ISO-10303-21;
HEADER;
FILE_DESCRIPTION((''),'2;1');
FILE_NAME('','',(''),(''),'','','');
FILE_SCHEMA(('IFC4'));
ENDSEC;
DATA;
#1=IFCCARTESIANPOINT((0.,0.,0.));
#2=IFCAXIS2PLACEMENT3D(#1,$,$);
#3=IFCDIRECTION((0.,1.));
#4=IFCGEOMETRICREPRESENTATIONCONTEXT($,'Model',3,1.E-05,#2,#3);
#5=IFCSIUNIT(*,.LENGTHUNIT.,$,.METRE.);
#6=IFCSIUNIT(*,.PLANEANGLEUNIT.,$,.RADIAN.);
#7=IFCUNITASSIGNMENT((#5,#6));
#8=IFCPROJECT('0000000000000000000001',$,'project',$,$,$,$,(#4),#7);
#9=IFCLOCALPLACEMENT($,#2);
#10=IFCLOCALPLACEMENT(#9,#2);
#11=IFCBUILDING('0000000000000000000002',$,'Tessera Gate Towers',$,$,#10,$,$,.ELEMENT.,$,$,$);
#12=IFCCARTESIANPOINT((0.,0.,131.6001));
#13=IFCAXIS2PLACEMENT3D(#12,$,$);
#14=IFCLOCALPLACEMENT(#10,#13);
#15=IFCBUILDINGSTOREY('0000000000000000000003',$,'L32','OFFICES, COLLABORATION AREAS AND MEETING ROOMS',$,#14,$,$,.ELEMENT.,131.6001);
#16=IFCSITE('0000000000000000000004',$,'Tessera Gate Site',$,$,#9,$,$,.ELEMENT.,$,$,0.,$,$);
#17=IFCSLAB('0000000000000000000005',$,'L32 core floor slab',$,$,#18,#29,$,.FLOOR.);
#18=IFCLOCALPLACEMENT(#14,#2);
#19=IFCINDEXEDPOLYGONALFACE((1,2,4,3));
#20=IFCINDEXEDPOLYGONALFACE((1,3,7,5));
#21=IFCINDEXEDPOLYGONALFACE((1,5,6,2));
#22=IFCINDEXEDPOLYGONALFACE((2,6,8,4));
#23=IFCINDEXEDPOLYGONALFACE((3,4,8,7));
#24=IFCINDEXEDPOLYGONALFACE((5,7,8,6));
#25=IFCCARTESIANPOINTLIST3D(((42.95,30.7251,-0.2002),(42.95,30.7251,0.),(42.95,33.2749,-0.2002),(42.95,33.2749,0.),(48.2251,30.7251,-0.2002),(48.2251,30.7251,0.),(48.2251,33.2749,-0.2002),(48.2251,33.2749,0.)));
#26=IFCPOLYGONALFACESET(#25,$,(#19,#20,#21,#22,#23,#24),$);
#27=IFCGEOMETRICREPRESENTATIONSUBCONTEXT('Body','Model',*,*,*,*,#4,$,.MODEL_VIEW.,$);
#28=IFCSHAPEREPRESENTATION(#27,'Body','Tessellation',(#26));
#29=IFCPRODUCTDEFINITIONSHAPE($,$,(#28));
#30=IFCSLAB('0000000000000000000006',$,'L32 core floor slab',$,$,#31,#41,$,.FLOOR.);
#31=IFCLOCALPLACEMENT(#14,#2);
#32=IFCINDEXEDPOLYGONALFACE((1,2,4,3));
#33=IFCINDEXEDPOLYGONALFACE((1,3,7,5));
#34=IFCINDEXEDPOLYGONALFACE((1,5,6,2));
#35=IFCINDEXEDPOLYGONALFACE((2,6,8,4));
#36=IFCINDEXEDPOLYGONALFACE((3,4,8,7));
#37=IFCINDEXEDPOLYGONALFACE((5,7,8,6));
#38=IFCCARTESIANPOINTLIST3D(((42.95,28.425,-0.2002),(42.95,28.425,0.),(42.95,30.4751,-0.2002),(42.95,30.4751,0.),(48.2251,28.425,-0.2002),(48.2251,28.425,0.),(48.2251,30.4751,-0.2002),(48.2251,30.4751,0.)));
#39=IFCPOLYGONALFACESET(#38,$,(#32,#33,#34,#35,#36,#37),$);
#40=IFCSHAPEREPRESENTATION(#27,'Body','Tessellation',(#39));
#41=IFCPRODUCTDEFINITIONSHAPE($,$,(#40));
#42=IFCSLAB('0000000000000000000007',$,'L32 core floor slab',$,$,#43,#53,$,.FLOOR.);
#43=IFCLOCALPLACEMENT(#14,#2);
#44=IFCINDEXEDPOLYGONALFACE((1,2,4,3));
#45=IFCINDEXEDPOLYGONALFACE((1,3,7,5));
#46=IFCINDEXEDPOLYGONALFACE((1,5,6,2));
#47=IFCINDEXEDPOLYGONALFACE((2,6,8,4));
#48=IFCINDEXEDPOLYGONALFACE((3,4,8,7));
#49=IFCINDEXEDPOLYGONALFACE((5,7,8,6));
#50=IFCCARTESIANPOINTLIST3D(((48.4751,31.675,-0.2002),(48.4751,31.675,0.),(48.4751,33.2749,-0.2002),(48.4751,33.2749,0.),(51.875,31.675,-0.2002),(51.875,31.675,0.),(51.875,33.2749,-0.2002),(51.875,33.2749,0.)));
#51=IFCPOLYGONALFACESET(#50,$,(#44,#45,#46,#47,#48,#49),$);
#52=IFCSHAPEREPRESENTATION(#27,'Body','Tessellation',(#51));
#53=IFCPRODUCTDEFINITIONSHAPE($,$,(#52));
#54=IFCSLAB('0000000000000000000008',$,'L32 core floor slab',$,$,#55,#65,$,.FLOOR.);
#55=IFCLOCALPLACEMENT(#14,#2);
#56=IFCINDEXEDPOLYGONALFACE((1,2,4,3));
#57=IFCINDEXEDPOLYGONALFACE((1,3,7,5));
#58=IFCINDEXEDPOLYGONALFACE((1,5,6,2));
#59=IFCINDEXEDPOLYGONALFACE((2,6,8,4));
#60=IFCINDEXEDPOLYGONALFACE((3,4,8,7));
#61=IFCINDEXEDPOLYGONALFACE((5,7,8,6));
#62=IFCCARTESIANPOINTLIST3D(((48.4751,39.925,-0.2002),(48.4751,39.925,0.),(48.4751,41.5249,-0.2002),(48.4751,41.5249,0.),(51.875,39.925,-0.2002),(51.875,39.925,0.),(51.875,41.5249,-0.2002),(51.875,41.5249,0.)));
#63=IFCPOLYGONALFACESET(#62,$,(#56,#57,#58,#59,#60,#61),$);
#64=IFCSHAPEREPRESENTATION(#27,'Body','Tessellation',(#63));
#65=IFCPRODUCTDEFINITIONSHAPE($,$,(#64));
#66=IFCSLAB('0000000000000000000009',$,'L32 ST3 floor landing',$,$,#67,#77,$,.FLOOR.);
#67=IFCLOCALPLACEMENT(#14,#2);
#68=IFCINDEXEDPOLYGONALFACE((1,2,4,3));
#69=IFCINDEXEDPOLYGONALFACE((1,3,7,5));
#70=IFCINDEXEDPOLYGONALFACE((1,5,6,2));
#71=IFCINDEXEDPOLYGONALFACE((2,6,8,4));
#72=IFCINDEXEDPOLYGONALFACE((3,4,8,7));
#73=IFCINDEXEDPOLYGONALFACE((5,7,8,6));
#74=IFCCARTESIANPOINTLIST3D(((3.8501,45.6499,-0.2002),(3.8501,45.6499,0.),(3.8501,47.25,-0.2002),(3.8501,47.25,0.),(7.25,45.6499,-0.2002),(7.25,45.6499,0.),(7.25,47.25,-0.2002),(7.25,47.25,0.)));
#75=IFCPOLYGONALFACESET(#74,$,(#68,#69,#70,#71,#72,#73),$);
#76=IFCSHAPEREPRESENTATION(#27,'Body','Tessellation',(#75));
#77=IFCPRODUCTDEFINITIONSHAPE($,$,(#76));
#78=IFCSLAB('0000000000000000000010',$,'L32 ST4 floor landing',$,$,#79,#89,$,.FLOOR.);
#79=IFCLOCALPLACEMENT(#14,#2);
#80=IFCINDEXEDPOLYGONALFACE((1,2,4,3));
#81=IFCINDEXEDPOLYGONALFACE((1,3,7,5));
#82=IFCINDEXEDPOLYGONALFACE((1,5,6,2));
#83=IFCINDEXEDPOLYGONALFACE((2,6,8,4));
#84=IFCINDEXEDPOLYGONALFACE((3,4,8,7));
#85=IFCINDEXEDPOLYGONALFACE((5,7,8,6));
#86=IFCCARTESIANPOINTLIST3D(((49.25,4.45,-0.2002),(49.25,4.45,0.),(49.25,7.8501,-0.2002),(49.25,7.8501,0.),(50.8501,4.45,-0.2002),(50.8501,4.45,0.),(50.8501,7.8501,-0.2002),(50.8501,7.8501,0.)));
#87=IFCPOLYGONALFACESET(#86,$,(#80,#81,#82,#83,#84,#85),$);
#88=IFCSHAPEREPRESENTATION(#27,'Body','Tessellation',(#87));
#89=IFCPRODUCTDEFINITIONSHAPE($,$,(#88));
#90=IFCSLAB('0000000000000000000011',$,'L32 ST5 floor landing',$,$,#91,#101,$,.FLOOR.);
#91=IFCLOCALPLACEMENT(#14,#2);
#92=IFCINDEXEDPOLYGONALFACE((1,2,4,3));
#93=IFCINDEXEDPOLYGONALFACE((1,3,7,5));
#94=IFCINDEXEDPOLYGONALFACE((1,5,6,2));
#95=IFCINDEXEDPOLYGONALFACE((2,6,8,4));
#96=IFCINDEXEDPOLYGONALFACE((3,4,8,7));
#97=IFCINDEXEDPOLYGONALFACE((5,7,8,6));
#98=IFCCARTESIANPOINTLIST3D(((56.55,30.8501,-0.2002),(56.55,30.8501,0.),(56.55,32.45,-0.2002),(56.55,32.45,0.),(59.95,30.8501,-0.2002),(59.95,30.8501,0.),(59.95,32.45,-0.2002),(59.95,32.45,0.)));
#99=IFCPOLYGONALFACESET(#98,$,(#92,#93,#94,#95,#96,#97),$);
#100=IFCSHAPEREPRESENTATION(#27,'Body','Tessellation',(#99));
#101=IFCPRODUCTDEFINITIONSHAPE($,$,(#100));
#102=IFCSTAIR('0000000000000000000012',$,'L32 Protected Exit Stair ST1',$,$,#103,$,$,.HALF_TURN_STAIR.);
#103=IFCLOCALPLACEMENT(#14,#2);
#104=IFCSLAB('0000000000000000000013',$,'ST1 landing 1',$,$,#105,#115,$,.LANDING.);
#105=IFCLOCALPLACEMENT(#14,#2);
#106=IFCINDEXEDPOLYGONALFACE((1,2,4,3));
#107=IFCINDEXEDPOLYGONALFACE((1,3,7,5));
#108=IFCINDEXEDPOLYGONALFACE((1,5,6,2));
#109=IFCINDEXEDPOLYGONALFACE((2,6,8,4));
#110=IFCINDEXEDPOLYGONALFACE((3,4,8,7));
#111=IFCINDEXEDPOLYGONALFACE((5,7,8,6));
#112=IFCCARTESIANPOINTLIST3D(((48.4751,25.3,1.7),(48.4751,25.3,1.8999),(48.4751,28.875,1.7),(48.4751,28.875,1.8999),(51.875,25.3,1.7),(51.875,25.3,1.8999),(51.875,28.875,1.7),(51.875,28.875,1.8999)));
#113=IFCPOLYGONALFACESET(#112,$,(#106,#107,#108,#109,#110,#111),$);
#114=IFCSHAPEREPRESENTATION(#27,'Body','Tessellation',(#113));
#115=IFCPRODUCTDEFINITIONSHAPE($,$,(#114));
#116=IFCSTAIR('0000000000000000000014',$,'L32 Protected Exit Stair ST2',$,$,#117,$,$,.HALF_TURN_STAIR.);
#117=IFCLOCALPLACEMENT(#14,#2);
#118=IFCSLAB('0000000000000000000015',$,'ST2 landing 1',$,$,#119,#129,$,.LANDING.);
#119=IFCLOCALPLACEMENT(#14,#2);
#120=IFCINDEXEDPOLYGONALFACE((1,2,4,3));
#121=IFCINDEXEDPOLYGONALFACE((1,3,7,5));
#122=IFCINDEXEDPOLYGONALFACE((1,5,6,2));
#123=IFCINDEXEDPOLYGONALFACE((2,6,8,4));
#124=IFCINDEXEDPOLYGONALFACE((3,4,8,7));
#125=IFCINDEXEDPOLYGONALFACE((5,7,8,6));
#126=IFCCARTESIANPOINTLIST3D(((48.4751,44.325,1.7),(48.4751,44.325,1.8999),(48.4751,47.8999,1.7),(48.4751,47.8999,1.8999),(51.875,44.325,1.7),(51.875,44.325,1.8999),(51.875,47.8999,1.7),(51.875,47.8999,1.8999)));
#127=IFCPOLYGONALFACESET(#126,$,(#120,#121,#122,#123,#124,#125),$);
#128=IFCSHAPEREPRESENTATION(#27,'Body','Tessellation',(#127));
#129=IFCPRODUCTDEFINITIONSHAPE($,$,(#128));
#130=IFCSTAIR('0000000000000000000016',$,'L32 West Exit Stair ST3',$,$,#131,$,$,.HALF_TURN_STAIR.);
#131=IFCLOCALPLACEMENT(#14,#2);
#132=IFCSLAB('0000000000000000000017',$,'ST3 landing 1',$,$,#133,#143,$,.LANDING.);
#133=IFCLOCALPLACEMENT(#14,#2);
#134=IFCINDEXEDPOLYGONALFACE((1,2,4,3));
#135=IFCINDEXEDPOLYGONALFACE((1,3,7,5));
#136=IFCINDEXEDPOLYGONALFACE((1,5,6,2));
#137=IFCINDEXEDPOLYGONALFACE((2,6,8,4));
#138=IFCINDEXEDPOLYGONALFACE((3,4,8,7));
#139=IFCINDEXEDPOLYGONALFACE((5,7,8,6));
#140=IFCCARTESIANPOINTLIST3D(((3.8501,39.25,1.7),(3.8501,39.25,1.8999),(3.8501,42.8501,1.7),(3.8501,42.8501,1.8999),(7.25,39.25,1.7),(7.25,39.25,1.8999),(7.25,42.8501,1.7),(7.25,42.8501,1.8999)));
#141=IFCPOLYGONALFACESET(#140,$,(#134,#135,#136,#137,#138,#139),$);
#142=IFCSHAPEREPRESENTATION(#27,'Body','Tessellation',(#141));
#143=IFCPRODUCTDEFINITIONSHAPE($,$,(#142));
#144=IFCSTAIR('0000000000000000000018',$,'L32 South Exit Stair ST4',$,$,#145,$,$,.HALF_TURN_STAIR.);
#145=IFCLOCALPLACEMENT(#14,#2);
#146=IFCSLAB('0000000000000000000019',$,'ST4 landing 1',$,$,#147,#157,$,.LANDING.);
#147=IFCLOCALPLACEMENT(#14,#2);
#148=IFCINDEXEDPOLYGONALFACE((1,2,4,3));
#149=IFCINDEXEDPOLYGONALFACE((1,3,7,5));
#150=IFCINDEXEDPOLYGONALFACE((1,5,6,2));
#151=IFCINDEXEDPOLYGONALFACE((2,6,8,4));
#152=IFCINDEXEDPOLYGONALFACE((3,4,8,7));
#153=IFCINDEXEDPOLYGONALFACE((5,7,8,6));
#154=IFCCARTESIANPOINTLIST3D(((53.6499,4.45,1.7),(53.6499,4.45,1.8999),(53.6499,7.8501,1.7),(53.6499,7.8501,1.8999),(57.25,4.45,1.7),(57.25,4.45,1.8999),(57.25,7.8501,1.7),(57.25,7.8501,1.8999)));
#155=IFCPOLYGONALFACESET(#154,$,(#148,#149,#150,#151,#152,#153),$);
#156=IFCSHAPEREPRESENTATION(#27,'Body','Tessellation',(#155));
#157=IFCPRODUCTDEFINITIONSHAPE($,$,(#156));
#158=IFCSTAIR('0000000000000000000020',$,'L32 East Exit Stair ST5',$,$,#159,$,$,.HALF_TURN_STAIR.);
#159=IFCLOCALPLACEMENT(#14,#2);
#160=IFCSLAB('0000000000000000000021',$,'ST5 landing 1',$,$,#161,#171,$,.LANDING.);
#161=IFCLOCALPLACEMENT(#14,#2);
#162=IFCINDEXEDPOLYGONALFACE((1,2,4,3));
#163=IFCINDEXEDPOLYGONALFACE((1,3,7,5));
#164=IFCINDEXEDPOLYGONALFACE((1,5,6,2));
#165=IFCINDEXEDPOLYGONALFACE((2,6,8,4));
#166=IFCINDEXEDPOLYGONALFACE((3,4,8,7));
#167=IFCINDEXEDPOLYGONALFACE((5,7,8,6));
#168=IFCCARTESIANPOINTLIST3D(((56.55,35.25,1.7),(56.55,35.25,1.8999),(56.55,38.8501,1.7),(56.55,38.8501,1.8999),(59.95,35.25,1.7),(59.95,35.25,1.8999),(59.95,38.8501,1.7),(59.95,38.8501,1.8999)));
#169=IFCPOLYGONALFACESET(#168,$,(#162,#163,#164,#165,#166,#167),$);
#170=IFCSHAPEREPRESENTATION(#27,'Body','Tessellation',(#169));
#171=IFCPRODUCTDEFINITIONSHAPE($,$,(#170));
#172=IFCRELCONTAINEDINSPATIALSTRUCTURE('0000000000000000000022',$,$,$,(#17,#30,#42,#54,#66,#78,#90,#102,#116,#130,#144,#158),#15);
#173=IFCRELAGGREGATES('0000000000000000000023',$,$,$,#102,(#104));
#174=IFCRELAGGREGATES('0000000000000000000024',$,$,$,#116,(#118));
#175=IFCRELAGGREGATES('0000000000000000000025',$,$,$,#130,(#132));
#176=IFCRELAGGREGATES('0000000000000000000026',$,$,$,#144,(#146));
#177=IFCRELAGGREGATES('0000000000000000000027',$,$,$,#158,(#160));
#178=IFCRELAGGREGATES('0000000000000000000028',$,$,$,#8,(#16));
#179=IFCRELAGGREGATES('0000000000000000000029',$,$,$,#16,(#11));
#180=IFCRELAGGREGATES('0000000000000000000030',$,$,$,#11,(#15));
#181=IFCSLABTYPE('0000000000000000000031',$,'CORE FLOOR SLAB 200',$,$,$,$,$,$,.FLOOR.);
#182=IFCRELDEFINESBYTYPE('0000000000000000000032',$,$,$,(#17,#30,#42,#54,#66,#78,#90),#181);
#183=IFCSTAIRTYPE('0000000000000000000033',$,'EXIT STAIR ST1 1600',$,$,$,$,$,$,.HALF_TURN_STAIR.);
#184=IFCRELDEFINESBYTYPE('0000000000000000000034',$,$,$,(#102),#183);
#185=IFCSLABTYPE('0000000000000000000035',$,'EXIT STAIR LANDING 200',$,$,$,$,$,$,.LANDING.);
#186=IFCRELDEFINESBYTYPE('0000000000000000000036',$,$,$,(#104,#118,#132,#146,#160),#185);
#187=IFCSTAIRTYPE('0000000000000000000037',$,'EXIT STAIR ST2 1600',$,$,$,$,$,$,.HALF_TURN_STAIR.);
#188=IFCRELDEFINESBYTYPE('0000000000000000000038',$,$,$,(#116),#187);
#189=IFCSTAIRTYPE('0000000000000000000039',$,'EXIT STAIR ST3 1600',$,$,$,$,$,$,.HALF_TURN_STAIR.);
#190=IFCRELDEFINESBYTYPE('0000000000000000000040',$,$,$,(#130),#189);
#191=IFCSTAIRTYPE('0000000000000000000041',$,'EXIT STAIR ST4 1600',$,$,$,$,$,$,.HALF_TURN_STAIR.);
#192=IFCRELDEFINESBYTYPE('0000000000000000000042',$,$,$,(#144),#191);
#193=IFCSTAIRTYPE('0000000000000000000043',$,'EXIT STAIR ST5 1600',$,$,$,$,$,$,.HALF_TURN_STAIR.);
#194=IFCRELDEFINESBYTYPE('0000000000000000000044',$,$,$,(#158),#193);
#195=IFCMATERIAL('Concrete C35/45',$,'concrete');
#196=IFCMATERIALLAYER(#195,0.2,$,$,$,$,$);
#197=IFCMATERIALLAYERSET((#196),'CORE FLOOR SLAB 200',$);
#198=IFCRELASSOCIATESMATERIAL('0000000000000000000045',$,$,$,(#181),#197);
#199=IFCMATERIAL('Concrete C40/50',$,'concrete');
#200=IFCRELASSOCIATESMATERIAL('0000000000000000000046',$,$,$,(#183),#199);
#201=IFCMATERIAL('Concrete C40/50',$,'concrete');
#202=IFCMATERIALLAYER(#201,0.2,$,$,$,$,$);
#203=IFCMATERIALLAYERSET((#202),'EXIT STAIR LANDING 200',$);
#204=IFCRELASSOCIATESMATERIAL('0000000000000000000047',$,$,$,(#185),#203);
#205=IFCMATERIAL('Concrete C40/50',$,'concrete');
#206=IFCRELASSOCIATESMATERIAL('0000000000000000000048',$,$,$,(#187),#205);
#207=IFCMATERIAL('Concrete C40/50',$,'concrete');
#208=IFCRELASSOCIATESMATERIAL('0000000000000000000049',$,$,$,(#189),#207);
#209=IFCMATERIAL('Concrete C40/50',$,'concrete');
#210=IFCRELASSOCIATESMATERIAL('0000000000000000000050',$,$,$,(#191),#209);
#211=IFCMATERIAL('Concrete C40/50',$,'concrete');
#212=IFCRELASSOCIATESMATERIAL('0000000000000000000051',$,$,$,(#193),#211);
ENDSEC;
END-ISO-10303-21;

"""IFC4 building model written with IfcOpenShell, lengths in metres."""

from ifc_helpers import new_model, si_unit, direction, frame, origin, place, context, subcontext, project, spatial, polyline, outline, extrude, material, layer, layer_set, type_object, element, aggregate, save


model = new_model("IFC4")

# Units and contexts
model_context = context("Model", 3, precision=1e-05, world=origin(), true_north=direction((0.0, 1.0)))
body_context = subcontext(model_context, "Body", "Model", "MODEL_VIEW")
ifc_project = project(units=[si_unit("LENGTHUNIT", "METRE"), si_unit("PLANEANGLEUNIT", "RADIAN")], contexts=[model_context])

# Site, building, storey
site_placement = place(None, origin())
site = spatial("IfcSite", under=ifc_project, at=site_placement, Name="Tessera Gate Site", CompositionType="ELEMENT", RefElevation=0.0)
building_placement = place(site_placement, origin())
building = spatial("IfcBuilding", under=site, at=building_placement, Name="Tessera Gate Towers", CompositionType="ELEMENT")
storey_placement = place(building_placement, frame((0.0, 0.0, 131.6001)))
storey = spatial("IfcBuildingStorey", under=building, at=storey_placement, Name="L32", Description="OFFICES, COLLABORATION AREAS AND MEETING ROOMS", CompositionType="ELEMENT", Elevation=131.6001)

# Slabs
ifc_material_1 = material(Name="Concrete C35/45", Category="concrete")
ifc_layer_1 = layer(ifc_material_1, 0.2)
ifc_layer_set_1 = layer_set([ifc_layer_1], Name="CORE FLOOR SLAB 200")
slab_type_1 = type_object("IfcSlabType", Name="CORE FLOOR SLAB 200", PredefinedType="FLOOR", material=ifc_layer_set_1)
slab_1_placement = place(storey_placement, frame((0.0, 0.0, -0.2002)))
element("IfcSlab", 1, at=slab_1_placement, inside=storey, type_object=slab_type_1, Name="L32 core floor slab", PredefinedType="FLOOR", context=body_context, shape_type="SweptSolid", body=[
    extrude(outline(polyline([(42.95, 33.2749), (42.95, 30.7251), (48.2251, 30.7251), (48.2251, 33.2749), (42.95, 33.2749)])), origin(), (0.0, 0.0, 1.0), 0.2002),
])
slab_2_placement = place(storey_placement, frame((0.0, 0.0, -0.2002)))
element("IfcSlab", 2, at=slab_2_placement, inside=storey, type_object=slab_type_1, Name="L32 core floor slab", PredefinedType="FLOOR", context=body_context, shape_type="SweptSolid", body=[
    extrude(outline(polyline([(48.2251, 30.4751), (42.95, 30.4751), (42.95, 28.425), (48.2251, 28.425), (48.2251, 30.4751)])), origin(), (0.0, 0.0, 1.0), 0.2002),
])
slab_3_placement = place(storey_placement, frame((0.0, 0.0, -0.2002)))
element("IfcSlab", 3, at=slab_3_placement, inside=storey, type_object=slab_type_1, Name="L32 core floor slab", PredefinedType="FLOOR", context=body_context, shape_type="SweptSolid", body=[
    extrude(outline(polyline([(51.875, 31.675), (51.875, 33.2749), (48.4751, 33.2749), (48.4751, 31.675), (51.875, 31.675)])), origin(), (0.0, 0.0, 1.0), 0.2002),
])
slab_4_placement = place(storey_placement, frame((0.0, 0.0, -0.2002)))
element("IfcSlab", 4, at=slab_4_placement, inside=storey, type_object=slab_type_1, Name="L32 core floor slab", PredefinedType="FLOOR", context=body_context, shape_type="SweptSolid", body=[
    extrude(outline(polyline([(48.4751, 41.5249), (48.4751, 39.925), (51.875, 39.925), (51.875, 41.5249), (48.4751, 41.5249)])), origin(), (0.0, 0.0, 1.0), 0.2002),
])
slab_5_placement = place(storey_placement, frame((0.0, 0.0, -0.2002)))
element("IfcSlab", 5, at=slab_5_placement, inside=storey, type_object=slab_type_1, Name="L32 ST3 floor landing", PredefinedType="FLOOR", context=body_context, shape_type="SweptSolid", body=[
    extrude(outline(polyline([(3.8501, 47.25), (3.8501, 45.6499), (7.25, 45.6499), (7.25, 47.25), (3.8501, 47.25)])), origin(), (0.0, 0.0, 1.0), 0.2002),
])
slab_6_placement = place(storey_placement, frame((0.0, 0.0, -0.2002)))
element("IfcSlab", 6, at=slab_6_placement, inside=storey, type_object=slab_type_1, Name="L32 ST4 floor landing", PredefinedType="FLOOR", context=body_context, shape_type="SweptSolid", body=[
    extrude(outline(polyline([(49.25, 4.45), (50.8501, 4.45), (50.8501, 7.8501), (49.25, 7.8501), (49.25, 4.45)])), origin(), (0.0, 0.0, 1.0), 0.2002),
])
slab_7_placement = place(storey_placement, frame((0.0, 0.0, -0.2002)))
element("IfcSlab", 7, at=slab_7_placement, inside=storey, type_object=slab_type_1, Name="L32 ST5 floor landing", PredefinedType="FLOOR", context=body_context, shape_type="SweptSolid", body=[
    extrude(outline(polyline([(59.95, 30.8501), (59.95, 32.45), (56.55, 32.45), (56.55, 30.8501), (59.95, 30.8501)])), origin(), (0.0, 0.0, 1.0), 0.2002),
])

# Stairs, slabs
ifc_material_2 = material(Name="Concrete C40/50", Category="concrete")
stair_type_1 = type_object("IfcStairType", Name="EXIT STAIR ST1 1600", PredefinedType="HALF_TURN_STAIR", material=ifc_material_2)
stair_1_placement = place(storey_placement, origin())
stair_1 = element("IfcStair", 8, at=stair_1_placement, inside=storey, type_object=stair_type_1, Name="L32 Protected Exit Stair ST1", PredefinedType="HALF_TURN_STAIR")
ifc_material_3 = material(Name="Concrete C40/50", Category="concrete")
ifc_layer_2 = layer(ifc_material_3, 0.2)
ifc_layer_set_2 = layer_set([ifc_layer_2], Name="EXIT STAIR LANDING 200")
slab_type_2 = type_object("IfcSlabType", Name="EXIT STAIR LANDING 200", PredefinedType="LANDING", material=ifc_layer_set_2)
slab_8_placement = place(storey_placement, frame((0.0, 0.0, 1.7)))
slab_8 = element("IfcSlab", 9, at=slab_8_placement, type_object=slab_type_2, Name="ST1 landing 1", PredefinedType="LANDING", context=body_context, shape_type="SweptSolid", body=[
    extrude(outline(polyline([(48.4751, 28.875), (48.4751, 25.3), (51.875, 25.3), (51.875, 28.875), (48.4751, 28.875)])), origin(), (0.0, 0.0, 1.0), 0.2),
])
aggregate(stair_1, [slab_8])
ifc_material_4 = material(Name="Concrete C40/50", Category="concrete")
stair_type_2 = type_object("IfcStairType", Name="EXIT STAIR ST2 1600", PredefinedType="HALF_TURN_STAIR", material=ifc_material_4)
stair_2_placement = place(storey_placement, origin())
stair_2 = element("IfcStair", 10, at=stair_2_placement, inside=storey, type_object=stair_type_2, Name="L32 Protected Exit Stair ST2", PredefinedType="HALF_TURN_STAIR")
slab_9_placement = place(storey_placement, frame((0.0, 0.0, 1.7)))
slab_9 = element("IfcSlab", 11, at=slab_9_placement, type_object=slab_type_2, Name="ST2 landing 1", PredefinedType="LANDING", context=body_context, shape_type="SweptSolid", body=[
    extrude(outline(polyline([(51.875, 44.325), (51.875, 47.8999), (48.4751, 47.8999), (48.4751, 44.325), (51.875, 44.325)])), origin(), (0.0, 0.0, 1.0), 0.2),
])
aggregate(stair_2, [slab_9])
ifc_material_5 = material(Name="Concrete C40/50", Category="concrete")
stair_type_3 = type_object("IfcStairType", Name="EXIT STAIR ST3 1600", PredefinedType="HALF_TURN_STAIR", material=ifc_material_5)
stair_3_placement = place(storey_placement, origin())
stair_3 = element("IfcStair", 12, at=stair_3_placement, inside=storey, type_object=stair_type_3, Name="L32 West Exit Stair ST3", PredefinedType="HALF_TURN_STAIR")
slab_10_placement = place(storey_placement, frame((0.0, 0.0, 1.7)))
slab_10 = element("IfcSlab", 13, at=slab_10_placement, type_object=slab_type_2, Name="ST3 landing 1", PredefinedType="LANDING", context=body_context, shape_type="SweptSolid", body=[
    extrude(outline(polyline([(3.8501, 42.8501), (3.8501, 39.25), (7.25, 39.25), (7.25, 42.8501), (3.8501, 42.8501)])), origin(), (0.0, 0.0, 1.0), 0.2),
])
aggregate(stair_3, [slab_10])
ifc_material_6 = material(Name="Concrete C40/50", Category="concrete")
stair_type_4 = type_object("IfcStairType", Name="EXIT STAIR ST4 1600", PredefinedType="HALF_TURN_STAIR", material=ifc_material_6)
stair_4_placement = place(storey_placement, origin())
stair_4 = element("IfcStair", 14, at=stair_4_placement, inside=storey, type_object=stair_type_4, Name="L32 South Exit Stair ST4", PredefinedType="HALF_TURN_STAIR")
slab_11_placement = place(storey_placement, frame((0.0, 0.0, 1.7)))
slab_11 = element("IfcSlab", 15, at=slab_11_placement, type_object=slab_type_2, Name="ST4 landing 1", PredefinedType="LANDING", context=body_context, shape_type="SweptSolid", body=[
    extrude(outline(polyline([(53.6499, 4.45), (57.25, 4.45), (57.25, 7.8501), (53.6499, 7.8501), (53.6499, 4.45)])), origin(), (0.0, 0.0, 1.0), 0.2),
])
aggregate(stair_4, [slab_11])
ifc_material_7 = material(Name="Concrete C40/50", Category="concrete")
stair_type_5 = type_object("IfcStairType", Name="EXIT STAIR ST5 1600", PredefinedType="HALF_TURN_STAIR", material=ifc_material_7)
stair_5_placement = place(storey_placement, origin())
stair_5 = element("IfcStair", 16, at=stair_5_placement, inside=storey, type_object=stair_type_5, Name="L32 East Exit Stair ST5", PredefinedType="HALF_TURN_STAIR")
slab_12_placement = place(storey_placement, frame((0.0, 0.0, 1.7)))
slab_12 = element("IfcSlab", 17, at=slab_12_placement, type_object=slab_type_2, Name="ST5 landing 1", PredefinedType="LANDING", context=body_context, shape_type="SweptSolid", body=[
    extrude(outline(polyline([(59.95, 35.25), (59.95, 38.8501), (56.55, 38.8501), (56.55, 35.25), (59.95, 35.25)])), origin(), (0.0, 0.0, 1.0), 0.2),
])
aggregate(stair_5, [slab_12])

save(model, "model.ifc")
